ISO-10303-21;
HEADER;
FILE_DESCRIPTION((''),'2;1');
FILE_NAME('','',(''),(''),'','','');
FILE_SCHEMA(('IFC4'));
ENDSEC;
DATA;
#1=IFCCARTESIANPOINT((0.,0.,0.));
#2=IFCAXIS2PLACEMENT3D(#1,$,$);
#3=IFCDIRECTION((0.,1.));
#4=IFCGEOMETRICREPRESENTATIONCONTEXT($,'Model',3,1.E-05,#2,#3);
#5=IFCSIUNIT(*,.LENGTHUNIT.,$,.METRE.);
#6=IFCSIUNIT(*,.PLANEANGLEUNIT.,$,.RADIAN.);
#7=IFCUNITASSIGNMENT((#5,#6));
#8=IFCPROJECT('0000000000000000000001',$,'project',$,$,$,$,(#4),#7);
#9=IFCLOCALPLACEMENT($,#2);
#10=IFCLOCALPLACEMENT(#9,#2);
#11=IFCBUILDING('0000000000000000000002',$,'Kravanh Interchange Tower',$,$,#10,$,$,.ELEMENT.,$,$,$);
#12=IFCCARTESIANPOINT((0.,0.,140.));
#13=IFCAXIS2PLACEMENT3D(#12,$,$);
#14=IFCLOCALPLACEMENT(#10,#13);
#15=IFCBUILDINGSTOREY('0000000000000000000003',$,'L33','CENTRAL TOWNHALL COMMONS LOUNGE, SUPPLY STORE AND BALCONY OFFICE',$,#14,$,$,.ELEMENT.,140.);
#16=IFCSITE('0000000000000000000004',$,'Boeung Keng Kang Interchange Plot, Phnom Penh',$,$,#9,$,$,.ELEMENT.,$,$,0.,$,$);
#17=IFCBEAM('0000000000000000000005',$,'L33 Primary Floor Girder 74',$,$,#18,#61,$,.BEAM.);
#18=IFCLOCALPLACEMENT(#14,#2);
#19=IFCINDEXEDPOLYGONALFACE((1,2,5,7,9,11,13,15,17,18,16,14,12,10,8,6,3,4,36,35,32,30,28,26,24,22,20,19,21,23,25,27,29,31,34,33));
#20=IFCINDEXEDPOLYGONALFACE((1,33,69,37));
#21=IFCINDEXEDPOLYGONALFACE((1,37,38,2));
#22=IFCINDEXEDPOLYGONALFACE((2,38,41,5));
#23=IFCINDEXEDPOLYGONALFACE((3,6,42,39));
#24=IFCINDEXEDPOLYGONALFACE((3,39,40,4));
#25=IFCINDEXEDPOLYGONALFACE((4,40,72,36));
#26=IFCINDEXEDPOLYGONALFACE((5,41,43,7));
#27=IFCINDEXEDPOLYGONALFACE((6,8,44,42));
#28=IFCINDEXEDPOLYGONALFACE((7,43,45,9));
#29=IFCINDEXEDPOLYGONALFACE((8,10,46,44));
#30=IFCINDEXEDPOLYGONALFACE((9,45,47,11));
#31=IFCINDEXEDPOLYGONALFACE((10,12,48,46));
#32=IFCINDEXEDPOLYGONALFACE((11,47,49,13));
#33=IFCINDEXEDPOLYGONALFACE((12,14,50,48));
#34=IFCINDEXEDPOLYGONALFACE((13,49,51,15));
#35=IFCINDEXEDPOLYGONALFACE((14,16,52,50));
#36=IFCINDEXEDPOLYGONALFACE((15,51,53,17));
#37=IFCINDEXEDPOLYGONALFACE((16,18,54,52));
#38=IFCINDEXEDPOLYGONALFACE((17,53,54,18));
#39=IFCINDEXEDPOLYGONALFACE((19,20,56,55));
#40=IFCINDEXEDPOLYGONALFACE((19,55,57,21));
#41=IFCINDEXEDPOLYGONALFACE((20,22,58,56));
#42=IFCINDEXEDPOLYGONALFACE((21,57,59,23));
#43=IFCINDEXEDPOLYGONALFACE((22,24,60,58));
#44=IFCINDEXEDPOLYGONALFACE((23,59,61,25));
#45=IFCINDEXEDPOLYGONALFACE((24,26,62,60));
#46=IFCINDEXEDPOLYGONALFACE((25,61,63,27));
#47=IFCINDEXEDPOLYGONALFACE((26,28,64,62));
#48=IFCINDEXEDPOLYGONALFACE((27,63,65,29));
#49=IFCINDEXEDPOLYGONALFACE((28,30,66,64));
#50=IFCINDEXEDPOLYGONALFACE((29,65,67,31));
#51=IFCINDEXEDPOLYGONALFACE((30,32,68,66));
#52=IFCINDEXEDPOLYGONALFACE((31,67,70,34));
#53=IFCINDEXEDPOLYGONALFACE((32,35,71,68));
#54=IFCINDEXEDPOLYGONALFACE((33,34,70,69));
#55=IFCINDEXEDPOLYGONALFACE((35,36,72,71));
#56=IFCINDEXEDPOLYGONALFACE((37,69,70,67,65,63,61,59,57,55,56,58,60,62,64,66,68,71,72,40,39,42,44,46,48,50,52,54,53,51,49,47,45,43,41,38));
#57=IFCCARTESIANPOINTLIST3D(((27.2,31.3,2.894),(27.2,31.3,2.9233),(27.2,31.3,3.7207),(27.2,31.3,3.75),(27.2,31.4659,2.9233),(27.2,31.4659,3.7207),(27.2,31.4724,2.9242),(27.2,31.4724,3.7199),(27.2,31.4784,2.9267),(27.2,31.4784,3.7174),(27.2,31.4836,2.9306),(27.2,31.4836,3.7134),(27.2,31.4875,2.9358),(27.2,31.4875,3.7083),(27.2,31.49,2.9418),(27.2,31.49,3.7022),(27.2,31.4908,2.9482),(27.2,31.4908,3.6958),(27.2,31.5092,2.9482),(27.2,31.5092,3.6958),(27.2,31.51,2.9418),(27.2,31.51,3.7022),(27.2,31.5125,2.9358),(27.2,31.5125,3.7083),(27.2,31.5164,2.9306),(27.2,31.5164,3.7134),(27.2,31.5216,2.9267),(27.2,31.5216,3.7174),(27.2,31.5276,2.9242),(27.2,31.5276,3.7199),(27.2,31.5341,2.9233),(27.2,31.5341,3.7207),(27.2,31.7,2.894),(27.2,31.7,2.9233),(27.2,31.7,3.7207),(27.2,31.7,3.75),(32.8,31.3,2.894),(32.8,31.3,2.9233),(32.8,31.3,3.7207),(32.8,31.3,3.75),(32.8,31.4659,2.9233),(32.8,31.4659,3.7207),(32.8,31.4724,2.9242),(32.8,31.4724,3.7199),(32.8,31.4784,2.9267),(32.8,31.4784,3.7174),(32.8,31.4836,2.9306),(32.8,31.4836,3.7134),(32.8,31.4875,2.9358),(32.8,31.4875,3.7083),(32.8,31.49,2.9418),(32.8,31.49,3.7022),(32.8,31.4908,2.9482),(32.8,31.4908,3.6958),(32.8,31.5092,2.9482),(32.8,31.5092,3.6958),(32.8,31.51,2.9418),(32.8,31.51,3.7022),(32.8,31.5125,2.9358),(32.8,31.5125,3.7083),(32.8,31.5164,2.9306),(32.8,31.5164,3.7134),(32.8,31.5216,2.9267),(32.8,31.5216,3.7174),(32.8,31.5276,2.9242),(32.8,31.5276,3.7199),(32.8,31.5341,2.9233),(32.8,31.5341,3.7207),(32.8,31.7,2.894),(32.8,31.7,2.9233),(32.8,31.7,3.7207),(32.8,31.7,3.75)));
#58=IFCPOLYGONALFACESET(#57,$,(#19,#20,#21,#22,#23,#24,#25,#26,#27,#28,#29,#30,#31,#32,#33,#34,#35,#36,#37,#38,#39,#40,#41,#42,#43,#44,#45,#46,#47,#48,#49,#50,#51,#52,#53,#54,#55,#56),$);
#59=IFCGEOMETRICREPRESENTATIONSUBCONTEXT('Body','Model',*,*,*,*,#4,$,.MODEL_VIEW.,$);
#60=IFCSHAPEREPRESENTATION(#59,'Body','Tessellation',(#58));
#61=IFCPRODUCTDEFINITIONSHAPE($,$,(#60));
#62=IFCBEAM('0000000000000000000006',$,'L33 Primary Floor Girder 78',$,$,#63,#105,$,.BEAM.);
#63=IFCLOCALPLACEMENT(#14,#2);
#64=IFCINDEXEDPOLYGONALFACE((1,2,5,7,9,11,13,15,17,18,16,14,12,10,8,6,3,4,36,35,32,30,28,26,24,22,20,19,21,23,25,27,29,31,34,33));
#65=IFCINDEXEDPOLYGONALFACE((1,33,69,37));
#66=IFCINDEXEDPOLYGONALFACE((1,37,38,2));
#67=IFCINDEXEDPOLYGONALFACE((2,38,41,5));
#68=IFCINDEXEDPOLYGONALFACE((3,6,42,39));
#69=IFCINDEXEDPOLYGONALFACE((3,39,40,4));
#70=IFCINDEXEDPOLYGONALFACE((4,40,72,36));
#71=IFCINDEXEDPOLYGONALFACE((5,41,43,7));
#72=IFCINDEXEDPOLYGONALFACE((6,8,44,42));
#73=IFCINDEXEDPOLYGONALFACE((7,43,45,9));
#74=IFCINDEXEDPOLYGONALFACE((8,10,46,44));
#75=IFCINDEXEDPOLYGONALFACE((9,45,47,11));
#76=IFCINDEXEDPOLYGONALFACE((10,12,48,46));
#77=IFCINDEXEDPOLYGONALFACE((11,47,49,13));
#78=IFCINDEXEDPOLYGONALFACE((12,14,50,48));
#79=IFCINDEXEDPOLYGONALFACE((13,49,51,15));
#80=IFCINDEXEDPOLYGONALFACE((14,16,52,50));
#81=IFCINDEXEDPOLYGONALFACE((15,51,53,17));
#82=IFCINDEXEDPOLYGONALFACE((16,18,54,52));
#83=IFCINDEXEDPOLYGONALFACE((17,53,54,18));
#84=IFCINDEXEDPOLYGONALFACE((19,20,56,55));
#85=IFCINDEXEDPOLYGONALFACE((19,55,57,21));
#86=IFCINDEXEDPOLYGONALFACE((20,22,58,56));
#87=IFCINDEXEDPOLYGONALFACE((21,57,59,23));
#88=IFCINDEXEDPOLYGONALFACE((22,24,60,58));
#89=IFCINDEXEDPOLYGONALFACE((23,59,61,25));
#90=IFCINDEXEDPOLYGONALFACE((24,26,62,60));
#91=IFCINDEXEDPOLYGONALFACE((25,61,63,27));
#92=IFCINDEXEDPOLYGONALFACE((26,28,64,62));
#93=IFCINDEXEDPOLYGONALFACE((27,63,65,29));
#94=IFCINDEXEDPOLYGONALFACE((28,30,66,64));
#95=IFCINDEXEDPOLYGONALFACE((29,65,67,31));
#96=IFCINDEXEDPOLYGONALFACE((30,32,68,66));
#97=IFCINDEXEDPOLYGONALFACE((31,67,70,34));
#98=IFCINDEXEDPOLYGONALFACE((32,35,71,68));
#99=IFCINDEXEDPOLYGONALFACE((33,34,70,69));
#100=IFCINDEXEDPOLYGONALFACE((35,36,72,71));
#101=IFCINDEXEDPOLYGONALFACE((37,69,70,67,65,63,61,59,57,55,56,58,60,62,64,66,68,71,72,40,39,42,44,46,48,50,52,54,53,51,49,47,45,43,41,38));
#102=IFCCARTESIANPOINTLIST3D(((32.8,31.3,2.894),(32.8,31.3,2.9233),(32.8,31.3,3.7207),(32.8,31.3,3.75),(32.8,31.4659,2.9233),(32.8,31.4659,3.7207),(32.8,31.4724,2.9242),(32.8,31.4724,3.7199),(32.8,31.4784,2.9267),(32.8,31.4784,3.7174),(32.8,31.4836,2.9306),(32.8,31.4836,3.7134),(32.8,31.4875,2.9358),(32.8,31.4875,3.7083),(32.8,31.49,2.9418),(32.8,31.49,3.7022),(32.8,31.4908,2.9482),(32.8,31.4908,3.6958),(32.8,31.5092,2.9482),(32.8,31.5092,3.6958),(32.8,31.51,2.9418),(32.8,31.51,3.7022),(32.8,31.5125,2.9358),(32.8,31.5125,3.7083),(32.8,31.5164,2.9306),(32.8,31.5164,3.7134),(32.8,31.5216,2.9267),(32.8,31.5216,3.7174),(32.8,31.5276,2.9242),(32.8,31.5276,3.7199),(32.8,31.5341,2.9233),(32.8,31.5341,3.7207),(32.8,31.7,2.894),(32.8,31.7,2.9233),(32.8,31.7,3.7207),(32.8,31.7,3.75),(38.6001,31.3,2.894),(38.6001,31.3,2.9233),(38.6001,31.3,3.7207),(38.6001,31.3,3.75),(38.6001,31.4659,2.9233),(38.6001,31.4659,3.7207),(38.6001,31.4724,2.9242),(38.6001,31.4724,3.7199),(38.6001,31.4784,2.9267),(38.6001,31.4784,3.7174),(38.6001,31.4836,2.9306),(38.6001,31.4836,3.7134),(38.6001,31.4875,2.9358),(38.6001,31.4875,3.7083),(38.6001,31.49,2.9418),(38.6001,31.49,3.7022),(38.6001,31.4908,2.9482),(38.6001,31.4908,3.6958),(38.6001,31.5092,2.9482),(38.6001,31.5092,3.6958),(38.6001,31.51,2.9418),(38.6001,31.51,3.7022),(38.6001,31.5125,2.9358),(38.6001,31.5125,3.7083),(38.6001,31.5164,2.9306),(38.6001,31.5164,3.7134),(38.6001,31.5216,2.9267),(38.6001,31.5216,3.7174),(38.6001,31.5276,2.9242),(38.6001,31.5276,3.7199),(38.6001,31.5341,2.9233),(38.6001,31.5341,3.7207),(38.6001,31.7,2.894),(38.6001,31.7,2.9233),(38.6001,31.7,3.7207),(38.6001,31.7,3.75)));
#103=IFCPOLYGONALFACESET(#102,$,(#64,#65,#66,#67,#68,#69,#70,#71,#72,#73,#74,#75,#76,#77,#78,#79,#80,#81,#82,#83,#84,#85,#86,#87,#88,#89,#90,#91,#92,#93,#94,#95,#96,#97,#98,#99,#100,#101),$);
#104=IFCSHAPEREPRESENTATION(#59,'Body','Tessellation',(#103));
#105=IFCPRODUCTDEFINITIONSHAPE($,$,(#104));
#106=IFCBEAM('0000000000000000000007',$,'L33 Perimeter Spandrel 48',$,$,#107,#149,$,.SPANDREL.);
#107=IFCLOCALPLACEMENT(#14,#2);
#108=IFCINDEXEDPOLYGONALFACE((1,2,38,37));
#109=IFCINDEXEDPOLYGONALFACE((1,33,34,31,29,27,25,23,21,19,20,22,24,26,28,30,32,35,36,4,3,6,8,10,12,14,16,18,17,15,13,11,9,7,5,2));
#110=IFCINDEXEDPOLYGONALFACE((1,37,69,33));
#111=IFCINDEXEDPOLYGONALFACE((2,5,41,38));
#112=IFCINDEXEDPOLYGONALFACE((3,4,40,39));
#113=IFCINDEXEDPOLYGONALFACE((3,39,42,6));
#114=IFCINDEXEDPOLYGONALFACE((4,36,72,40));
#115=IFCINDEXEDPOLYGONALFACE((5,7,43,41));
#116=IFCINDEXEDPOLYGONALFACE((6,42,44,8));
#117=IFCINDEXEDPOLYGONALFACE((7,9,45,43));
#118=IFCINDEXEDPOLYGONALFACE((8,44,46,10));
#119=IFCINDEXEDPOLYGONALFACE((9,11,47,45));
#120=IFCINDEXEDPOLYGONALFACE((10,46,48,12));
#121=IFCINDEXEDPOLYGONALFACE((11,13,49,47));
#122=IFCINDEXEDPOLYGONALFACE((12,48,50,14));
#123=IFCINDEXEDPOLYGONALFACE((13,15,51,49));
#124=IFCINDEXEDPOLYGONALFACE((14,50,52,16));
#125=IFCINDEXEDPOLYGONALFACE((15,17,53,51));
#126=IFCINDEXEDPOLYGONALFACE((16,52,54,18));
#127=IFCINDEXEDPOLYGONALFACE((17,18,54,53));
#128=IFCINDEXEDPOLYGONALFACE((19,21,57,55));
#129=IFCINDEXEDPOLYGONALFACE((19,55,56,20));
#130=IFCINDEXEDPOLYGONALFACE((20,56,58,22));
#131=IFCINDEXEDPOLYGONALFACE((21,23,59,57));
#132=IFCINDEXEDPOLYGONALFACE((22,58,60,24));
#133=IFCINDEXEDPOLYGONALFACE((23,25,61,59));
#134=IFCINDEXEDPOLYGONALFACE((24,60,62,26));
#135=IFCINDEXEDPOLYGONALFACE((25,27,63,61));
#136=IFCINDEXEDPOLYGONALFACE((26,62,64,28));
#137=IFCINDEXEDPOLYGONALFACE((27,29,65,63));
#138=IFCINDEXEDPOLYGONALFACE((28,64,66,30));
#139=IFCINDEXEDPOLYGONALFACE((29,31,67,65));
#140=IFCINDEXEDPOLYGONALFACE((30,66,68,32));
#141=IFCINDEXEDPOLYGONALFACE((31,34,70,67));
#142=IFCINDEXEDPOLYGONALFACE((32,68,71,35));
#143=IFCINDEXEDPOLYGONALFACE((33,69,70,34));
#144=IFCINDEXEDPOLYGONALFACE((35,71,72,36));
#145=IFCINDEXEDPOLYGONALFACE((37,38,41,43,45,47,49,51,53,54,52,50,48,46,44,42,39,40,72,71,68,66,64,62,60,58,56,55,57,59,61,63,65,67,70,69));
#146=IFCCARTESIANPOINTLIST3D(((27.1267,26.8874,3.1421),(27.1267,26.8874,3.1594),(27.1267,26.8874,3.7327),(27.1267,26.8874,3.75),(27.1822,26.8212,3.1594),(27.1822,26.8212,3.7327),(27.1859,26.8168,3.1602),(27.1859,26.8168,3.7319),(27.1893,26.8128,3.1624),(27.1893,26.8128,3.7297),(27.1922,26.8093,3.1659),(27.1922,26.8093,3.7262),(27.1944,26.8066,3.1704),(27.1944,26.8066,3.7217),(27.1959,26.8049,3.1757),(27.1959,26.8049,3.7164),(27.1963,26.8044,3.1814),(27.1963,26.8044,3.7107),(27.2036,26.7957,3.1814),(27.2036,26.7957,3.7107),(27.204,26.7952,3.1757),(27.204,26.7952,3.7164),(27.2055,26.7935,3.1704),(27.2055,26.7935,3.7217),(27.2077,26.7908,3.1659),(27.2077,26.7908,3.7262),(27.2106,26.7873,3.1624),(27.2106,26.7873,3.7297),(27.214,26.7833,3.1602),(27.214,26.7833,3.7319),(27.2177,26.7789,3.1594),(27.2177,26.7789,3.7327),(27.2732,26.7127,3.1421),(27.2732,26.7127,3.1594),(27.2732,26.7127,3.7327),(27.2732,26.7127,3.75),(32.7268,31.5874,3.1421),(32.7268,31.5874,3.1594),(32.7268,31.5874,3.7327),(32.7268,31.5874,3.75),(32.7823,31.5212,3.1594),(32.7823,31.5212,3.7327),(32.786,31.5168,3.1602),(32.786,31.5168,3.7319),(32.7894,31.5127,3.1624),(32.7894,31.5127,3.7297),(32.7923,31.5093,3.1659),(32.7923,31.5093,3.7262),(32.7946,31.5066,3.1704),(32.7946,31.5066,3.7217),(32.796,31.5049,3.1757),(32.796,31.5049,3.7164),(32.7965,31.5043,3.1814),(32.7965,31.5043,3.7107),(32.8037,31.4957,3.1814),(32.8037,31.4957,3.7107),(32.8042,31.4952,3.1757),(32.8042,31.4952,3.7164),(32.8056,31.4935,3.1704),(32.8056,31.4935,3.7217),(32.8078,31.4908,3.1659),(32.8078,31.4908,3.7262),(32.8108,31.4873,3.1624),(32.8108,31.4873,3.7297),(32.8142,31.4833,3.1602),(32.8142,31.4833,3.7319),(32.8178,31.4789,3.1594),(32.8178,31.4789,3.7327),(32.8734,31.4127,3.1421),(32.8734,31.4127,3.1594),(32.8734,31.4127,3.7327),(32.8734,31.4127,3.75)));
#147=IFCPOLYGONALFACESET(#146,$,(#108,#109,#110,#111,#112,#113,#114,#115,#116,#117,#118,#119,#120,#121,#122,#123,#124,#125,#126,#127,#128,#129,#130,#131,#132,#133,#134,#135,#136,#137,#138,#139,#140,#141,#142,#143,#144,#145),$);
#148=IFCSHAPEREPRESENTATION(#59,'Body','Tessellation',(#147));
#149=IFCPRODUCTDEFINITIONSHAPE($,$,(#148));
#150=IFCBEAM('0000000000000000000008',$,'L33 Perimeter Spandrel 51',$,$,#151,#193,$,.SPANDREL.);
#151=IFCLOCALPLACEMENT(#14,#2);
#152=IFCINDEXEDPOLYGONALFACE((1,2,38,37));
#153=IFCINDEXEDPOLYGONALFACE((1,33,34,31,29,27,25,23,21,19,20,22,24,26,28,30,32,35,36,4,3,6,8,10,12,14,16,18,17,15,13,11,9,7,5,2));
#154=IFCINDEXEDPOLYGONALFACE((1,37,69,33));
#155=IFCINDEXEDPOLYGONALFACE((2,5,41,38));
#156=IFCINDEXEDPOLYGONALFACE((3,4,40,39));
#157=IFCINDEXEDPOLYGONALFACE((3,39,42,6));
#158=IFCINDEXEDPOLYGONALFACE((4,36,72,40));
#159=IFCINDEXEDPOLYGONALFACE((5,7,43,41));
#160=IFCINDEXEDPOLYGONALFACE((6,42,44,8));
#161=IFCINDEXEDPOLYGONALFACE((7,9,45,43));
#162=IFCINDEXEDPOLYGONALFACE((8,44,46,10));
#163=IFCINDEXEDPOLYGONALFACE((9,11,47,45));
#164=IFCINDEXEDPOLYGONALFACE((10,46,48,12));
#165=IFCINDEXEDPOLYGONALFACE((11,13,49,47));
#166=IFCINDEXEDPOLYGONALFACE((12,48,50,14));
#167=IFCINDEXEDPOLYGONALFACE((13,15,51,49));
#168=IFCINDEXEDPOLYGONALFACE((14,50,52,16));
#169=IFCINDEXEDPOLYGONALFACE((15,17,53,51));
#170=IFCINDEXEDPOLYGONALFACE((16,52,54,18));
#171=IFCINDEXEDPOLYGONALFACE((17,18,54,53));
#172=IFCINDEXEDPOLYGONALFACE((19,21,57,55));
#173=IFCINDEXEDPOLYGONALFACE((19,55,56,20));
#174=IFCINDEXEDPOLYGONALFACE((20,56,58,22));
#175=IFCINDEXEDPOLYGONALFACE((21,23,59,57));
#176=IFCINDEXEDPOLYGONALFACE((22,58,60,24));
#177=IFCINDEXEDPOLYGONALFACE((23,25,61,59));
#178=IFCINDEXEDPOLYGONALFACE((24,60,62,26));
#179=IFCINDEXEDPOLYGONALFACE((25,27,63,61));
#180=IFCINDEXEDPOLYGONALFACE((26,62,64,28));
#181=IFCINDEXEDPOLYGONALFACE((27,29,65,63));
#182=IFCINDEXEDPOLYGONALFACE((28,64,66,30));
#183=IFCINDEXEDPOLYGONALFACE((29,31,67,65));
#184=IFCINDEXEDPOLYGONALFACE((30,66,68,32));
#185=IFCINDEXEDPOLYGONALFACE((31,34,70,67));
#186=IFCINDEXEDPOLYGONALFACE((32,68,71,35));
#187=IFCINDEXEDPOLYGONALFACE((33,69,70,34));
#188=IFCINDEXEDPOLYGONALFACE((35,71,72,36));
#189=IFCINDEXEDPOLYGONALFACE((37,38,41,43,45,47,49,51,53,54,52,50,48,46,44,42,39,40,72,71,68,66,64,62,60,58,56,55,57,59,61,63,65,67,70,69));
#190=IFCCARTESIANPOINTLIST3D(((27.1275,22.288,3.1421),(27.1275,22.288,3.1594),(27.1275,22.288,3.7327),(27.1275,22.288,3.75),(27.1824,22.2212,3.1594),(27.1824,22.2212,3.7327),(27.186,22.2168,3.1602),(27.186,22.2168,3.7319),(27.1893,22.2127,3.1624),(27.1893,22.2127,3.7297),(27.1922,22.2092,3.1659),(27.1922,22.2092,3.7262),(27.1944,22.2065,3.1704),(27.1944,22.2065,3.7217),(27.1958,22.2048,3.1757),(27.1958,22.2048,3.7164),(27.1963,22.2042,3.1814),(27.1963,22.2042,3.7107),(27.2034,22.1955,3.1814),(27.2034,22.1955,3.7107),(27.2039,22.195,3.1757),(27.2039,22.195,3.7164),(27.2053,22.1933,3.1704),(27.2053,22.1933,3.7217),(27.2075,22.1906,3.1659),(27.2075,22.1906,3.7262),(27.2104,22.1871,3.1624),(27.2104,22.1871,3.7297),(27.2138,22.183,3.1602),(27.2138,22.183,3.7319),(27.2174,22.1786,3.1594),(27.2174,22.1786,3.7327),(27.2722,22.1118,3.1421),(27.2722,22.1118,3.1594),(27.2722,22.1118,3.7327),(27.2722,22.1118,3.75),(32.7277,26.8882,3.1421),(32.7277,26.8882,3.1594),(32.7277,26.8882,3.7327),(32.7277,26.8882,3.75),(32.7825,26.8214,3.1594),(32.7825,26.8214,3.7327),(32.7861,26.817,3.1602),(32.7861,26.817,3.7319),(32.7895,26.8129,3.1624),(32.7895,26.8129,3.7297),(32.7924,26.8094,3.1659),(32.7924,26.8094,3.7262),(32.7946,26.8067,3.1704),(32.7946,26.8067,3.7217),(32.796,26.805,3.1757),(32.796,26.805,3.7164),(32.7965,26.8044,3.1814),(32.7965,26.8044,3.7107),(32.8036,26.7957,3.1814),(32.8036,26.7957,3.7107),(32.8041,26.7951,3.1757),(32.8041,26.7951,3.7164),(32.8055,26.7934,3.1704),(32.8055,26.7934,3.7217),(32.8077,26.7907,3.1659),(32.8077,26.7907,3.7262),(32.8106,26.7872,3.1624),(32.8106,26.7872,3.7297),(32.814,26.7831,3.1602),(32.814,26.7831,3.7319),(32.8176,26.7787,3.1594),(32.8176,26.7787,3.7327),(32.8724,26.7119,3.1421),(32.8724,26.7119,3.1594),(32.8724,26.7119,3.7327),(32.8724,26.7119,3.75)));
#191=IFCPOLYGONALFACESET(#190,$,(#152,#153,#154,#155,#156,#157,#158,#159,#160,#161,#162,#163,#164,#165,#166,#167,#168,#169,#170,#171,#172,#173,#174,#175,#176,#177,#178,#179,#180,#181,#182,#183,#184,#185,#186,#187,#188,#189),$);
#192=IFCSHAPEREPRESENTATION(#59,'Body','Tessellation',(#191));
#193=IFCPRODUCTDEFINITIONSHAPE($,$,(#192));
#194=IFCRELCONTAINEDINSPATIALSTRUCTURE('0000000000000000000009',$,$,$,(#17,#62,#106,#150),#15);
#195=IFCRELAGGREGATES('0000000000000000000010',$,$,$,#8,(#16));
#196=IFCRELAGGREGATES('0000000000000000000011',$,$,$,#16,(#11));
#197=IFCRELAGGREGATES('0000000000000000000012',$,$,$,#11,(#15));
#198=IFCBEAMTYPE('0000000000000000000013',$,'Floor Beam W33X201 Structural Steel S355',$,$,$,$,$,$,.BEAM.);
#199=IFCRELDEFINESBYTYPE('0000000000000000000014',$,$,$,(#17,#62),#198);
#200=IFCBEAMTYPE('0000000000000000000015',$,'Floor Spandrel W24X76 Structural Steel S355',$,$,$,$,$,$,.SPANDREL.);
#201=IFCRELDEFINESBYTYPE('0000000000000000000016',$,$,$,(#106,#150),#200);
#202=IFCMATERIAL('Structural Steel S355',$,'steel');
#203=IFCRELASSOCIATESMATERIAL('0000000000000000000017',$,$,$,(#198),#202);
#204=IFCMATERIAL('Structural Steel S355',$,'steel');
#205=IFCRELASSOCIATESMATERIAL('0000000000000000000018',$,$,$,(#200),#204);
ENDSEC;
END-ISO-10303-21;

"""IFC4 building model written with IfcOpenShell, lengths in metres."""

from ifc_helpers import new_model, si_unit, direction, frame, origin, origin_2d, place, context, subcontext, project, spatial, i_section, extrude, material, material_profile, profile_set, type_object, element, save


model = new_model("IFC4")

# Units and contexts
model_context = context("Model", 3, precision=1e-05, world=origin(), true_north=direction((0.0, 1.0)))
body_context = subcontext(model_context, "Body", "Model", "MODEL_VIEW")
ifc_project = project(units=[si_unit("LENGTHUNIT", "METRE"), si_unit("PLANEANGLEUNIT", "RADIAN")], contexts=[model_context])

# Site, building, storey
site_placement = place(None, origin())
site = spatial("IfcSite", under=ifc_project, at=site_placement, Name="Boeung Keng Kang Interchange Plot, Phnom Penh", CompositionType="ELEMENT", RefElevation=0.0)
building_placement = place(site_placement, origin())
building = spatial("IfcBuilding", under=site, at=building_placement, Name="Kravanh Interchange Tower", CompositionType="ELEMENT")
storey_placement = place(building_placement, frame((0.0, 0.0, 140.0)))
storey = spatial("IfcBuildingStorey", under=building, at=storey_placement, Name="L33", Description="CENTRAL TOWNHALL COMMONS LOUNGE, SUPPLY STORE AND BALCONY OFFICE", CompositionType="ELEMENT", Elevation=140.0)

# Beams
ifc_material_1 = material(Name="Structural Steel S355", Category="steel")
ifc_material_profile_1 = material_profile(ifc_material_1, i_section(OverallWidth=0.3999, OverallDepth=0.856, WebThickness=0.0183, FlangeThickness=0.0293, FilletRadius=0.0249, at=origin_2d()), Name="W33X201")
ifc_profile_set_1 = profile_set([ifc_material_profile_1], Name="Structural Steel S355")
beam_type_1 = type_object("IfcBeamType", Name="Floor Beam W33X201 Structural Steel S355", PredefinedType="BEAM", material=ifc_profile_set_1)
beam_1_placement = place(storey_placement, frame((27.2, 31.5, 3.322), z_axis=(1.0, 0.0, 0.0), x_axis=(0.0, 1.0, 0.0)))
element("IfcBeam", 1, at=beam_1_placement, inside=storey, type_object=beam_type_1, Name="L33 Primary Floor Girder 74", PredefinedType="BEAM", context=body_context, shape_type="SweptSolid", body=[
    extrude(i_section(OverallWidth=0.3999, OverallDepth=0.856, WebThickness=0.0183, FlangeThickness=0.0293, FilletRadius=0.0249, at=origin_2d()), origin(), (0.0, 0.0, 1.0), 5.6001),
])
beam_2_placement = place(storey_placement, frame((32.8, 31.5, 3.322), z_axis=(1.0, 0.0, 0.0), x_axis=(0.0, 1.0, 0.0)))
element("IfcBeam", 2, at=beam_2_placement, inside=storey, type_object=beam_type_1, Name="L33 Primary Floor Girder 78", PredefinedType="BEAM", context=body_context, shape_type="SweptSolid", body=[
    extrude(i_section(OverallWidth=0.3999, OverallDepth=0.856, WebThickness=0.0183, FlangeThickness=0.0293, FilletRadius=0.0249, at=origin_2d()), origin(), (0.0, 0.0, 1.0), 5.8),
])
ifc_material_2 = material(Name="Structural Steel S355", Category="steel")
ifc_material_profile_2 = material_profile(ifc_material_2, i_section(OverallWidth=0.228, OverallDepth=0.6079, WebThickness=0.0112, FlangeThickness=0.0173, FilletRadius=0.022, at=origin_2d()), Name="W24X76")
ifc_profile_set_2 = profile_set([ifc_material_profile_2], Name="Structural Steel S355")
beam_type_2 = type_object("IfcBeamType", Name="Floor Spandrel W24X76 Structural Steel S355", PredefinedType="SPANDREL", material=ifc_profile_set_2)
beam_3_placement = place(storey_placement, frame((27.2, 26.8, 3.446), z_axis=(0.765983, 0.642861, 0.0), x_axis=(-0.642861, 0.765983, 0.0)))
element("IfcBeam", 3, at=beam_3_placement, inside=storey, type_object=beam_type_2, Name="L33 Perimeter Spandrel 48", PredefinedType="SPANDREL", context=body_context, shape_type="SweptSolid", body=[
    extrude(i_section(OverallWidth=0.228, OverallDepth=0.6079, WebThickness=0.0112, FlangeThickness=0.0173, FilletRadius=0.022, at=origin_2d()), origin(), (0.0, 0.0, 1.0), 7.311),
])
beam_4_placement = place(storey_placement, frame((32.8, 26.8, 3.446), z_axis=(-0.772725, -0.634741, 0.0), x_axis=(0.634741, -0.772725, 0.0)))
element("IfcBeam", 4, at=beam_4_placement, inside=storey, type_object=beam_type_2, Name="L33 Perimeter Spandrel 51", PredefinedType="SPANDREL", context=body_context, shape_type="SweptSolid", body=[
    extrude(i_section(OverallWidth=0.228, OverallDepth=0.6079, WebThickness=0.0112, FlangeThickness=0.0173, FilletRadius=0.022, at=origin_2d()), origin(), (0.0, 0.0, 1.0), 7.2473),
])

save(model, "model.ifc")
